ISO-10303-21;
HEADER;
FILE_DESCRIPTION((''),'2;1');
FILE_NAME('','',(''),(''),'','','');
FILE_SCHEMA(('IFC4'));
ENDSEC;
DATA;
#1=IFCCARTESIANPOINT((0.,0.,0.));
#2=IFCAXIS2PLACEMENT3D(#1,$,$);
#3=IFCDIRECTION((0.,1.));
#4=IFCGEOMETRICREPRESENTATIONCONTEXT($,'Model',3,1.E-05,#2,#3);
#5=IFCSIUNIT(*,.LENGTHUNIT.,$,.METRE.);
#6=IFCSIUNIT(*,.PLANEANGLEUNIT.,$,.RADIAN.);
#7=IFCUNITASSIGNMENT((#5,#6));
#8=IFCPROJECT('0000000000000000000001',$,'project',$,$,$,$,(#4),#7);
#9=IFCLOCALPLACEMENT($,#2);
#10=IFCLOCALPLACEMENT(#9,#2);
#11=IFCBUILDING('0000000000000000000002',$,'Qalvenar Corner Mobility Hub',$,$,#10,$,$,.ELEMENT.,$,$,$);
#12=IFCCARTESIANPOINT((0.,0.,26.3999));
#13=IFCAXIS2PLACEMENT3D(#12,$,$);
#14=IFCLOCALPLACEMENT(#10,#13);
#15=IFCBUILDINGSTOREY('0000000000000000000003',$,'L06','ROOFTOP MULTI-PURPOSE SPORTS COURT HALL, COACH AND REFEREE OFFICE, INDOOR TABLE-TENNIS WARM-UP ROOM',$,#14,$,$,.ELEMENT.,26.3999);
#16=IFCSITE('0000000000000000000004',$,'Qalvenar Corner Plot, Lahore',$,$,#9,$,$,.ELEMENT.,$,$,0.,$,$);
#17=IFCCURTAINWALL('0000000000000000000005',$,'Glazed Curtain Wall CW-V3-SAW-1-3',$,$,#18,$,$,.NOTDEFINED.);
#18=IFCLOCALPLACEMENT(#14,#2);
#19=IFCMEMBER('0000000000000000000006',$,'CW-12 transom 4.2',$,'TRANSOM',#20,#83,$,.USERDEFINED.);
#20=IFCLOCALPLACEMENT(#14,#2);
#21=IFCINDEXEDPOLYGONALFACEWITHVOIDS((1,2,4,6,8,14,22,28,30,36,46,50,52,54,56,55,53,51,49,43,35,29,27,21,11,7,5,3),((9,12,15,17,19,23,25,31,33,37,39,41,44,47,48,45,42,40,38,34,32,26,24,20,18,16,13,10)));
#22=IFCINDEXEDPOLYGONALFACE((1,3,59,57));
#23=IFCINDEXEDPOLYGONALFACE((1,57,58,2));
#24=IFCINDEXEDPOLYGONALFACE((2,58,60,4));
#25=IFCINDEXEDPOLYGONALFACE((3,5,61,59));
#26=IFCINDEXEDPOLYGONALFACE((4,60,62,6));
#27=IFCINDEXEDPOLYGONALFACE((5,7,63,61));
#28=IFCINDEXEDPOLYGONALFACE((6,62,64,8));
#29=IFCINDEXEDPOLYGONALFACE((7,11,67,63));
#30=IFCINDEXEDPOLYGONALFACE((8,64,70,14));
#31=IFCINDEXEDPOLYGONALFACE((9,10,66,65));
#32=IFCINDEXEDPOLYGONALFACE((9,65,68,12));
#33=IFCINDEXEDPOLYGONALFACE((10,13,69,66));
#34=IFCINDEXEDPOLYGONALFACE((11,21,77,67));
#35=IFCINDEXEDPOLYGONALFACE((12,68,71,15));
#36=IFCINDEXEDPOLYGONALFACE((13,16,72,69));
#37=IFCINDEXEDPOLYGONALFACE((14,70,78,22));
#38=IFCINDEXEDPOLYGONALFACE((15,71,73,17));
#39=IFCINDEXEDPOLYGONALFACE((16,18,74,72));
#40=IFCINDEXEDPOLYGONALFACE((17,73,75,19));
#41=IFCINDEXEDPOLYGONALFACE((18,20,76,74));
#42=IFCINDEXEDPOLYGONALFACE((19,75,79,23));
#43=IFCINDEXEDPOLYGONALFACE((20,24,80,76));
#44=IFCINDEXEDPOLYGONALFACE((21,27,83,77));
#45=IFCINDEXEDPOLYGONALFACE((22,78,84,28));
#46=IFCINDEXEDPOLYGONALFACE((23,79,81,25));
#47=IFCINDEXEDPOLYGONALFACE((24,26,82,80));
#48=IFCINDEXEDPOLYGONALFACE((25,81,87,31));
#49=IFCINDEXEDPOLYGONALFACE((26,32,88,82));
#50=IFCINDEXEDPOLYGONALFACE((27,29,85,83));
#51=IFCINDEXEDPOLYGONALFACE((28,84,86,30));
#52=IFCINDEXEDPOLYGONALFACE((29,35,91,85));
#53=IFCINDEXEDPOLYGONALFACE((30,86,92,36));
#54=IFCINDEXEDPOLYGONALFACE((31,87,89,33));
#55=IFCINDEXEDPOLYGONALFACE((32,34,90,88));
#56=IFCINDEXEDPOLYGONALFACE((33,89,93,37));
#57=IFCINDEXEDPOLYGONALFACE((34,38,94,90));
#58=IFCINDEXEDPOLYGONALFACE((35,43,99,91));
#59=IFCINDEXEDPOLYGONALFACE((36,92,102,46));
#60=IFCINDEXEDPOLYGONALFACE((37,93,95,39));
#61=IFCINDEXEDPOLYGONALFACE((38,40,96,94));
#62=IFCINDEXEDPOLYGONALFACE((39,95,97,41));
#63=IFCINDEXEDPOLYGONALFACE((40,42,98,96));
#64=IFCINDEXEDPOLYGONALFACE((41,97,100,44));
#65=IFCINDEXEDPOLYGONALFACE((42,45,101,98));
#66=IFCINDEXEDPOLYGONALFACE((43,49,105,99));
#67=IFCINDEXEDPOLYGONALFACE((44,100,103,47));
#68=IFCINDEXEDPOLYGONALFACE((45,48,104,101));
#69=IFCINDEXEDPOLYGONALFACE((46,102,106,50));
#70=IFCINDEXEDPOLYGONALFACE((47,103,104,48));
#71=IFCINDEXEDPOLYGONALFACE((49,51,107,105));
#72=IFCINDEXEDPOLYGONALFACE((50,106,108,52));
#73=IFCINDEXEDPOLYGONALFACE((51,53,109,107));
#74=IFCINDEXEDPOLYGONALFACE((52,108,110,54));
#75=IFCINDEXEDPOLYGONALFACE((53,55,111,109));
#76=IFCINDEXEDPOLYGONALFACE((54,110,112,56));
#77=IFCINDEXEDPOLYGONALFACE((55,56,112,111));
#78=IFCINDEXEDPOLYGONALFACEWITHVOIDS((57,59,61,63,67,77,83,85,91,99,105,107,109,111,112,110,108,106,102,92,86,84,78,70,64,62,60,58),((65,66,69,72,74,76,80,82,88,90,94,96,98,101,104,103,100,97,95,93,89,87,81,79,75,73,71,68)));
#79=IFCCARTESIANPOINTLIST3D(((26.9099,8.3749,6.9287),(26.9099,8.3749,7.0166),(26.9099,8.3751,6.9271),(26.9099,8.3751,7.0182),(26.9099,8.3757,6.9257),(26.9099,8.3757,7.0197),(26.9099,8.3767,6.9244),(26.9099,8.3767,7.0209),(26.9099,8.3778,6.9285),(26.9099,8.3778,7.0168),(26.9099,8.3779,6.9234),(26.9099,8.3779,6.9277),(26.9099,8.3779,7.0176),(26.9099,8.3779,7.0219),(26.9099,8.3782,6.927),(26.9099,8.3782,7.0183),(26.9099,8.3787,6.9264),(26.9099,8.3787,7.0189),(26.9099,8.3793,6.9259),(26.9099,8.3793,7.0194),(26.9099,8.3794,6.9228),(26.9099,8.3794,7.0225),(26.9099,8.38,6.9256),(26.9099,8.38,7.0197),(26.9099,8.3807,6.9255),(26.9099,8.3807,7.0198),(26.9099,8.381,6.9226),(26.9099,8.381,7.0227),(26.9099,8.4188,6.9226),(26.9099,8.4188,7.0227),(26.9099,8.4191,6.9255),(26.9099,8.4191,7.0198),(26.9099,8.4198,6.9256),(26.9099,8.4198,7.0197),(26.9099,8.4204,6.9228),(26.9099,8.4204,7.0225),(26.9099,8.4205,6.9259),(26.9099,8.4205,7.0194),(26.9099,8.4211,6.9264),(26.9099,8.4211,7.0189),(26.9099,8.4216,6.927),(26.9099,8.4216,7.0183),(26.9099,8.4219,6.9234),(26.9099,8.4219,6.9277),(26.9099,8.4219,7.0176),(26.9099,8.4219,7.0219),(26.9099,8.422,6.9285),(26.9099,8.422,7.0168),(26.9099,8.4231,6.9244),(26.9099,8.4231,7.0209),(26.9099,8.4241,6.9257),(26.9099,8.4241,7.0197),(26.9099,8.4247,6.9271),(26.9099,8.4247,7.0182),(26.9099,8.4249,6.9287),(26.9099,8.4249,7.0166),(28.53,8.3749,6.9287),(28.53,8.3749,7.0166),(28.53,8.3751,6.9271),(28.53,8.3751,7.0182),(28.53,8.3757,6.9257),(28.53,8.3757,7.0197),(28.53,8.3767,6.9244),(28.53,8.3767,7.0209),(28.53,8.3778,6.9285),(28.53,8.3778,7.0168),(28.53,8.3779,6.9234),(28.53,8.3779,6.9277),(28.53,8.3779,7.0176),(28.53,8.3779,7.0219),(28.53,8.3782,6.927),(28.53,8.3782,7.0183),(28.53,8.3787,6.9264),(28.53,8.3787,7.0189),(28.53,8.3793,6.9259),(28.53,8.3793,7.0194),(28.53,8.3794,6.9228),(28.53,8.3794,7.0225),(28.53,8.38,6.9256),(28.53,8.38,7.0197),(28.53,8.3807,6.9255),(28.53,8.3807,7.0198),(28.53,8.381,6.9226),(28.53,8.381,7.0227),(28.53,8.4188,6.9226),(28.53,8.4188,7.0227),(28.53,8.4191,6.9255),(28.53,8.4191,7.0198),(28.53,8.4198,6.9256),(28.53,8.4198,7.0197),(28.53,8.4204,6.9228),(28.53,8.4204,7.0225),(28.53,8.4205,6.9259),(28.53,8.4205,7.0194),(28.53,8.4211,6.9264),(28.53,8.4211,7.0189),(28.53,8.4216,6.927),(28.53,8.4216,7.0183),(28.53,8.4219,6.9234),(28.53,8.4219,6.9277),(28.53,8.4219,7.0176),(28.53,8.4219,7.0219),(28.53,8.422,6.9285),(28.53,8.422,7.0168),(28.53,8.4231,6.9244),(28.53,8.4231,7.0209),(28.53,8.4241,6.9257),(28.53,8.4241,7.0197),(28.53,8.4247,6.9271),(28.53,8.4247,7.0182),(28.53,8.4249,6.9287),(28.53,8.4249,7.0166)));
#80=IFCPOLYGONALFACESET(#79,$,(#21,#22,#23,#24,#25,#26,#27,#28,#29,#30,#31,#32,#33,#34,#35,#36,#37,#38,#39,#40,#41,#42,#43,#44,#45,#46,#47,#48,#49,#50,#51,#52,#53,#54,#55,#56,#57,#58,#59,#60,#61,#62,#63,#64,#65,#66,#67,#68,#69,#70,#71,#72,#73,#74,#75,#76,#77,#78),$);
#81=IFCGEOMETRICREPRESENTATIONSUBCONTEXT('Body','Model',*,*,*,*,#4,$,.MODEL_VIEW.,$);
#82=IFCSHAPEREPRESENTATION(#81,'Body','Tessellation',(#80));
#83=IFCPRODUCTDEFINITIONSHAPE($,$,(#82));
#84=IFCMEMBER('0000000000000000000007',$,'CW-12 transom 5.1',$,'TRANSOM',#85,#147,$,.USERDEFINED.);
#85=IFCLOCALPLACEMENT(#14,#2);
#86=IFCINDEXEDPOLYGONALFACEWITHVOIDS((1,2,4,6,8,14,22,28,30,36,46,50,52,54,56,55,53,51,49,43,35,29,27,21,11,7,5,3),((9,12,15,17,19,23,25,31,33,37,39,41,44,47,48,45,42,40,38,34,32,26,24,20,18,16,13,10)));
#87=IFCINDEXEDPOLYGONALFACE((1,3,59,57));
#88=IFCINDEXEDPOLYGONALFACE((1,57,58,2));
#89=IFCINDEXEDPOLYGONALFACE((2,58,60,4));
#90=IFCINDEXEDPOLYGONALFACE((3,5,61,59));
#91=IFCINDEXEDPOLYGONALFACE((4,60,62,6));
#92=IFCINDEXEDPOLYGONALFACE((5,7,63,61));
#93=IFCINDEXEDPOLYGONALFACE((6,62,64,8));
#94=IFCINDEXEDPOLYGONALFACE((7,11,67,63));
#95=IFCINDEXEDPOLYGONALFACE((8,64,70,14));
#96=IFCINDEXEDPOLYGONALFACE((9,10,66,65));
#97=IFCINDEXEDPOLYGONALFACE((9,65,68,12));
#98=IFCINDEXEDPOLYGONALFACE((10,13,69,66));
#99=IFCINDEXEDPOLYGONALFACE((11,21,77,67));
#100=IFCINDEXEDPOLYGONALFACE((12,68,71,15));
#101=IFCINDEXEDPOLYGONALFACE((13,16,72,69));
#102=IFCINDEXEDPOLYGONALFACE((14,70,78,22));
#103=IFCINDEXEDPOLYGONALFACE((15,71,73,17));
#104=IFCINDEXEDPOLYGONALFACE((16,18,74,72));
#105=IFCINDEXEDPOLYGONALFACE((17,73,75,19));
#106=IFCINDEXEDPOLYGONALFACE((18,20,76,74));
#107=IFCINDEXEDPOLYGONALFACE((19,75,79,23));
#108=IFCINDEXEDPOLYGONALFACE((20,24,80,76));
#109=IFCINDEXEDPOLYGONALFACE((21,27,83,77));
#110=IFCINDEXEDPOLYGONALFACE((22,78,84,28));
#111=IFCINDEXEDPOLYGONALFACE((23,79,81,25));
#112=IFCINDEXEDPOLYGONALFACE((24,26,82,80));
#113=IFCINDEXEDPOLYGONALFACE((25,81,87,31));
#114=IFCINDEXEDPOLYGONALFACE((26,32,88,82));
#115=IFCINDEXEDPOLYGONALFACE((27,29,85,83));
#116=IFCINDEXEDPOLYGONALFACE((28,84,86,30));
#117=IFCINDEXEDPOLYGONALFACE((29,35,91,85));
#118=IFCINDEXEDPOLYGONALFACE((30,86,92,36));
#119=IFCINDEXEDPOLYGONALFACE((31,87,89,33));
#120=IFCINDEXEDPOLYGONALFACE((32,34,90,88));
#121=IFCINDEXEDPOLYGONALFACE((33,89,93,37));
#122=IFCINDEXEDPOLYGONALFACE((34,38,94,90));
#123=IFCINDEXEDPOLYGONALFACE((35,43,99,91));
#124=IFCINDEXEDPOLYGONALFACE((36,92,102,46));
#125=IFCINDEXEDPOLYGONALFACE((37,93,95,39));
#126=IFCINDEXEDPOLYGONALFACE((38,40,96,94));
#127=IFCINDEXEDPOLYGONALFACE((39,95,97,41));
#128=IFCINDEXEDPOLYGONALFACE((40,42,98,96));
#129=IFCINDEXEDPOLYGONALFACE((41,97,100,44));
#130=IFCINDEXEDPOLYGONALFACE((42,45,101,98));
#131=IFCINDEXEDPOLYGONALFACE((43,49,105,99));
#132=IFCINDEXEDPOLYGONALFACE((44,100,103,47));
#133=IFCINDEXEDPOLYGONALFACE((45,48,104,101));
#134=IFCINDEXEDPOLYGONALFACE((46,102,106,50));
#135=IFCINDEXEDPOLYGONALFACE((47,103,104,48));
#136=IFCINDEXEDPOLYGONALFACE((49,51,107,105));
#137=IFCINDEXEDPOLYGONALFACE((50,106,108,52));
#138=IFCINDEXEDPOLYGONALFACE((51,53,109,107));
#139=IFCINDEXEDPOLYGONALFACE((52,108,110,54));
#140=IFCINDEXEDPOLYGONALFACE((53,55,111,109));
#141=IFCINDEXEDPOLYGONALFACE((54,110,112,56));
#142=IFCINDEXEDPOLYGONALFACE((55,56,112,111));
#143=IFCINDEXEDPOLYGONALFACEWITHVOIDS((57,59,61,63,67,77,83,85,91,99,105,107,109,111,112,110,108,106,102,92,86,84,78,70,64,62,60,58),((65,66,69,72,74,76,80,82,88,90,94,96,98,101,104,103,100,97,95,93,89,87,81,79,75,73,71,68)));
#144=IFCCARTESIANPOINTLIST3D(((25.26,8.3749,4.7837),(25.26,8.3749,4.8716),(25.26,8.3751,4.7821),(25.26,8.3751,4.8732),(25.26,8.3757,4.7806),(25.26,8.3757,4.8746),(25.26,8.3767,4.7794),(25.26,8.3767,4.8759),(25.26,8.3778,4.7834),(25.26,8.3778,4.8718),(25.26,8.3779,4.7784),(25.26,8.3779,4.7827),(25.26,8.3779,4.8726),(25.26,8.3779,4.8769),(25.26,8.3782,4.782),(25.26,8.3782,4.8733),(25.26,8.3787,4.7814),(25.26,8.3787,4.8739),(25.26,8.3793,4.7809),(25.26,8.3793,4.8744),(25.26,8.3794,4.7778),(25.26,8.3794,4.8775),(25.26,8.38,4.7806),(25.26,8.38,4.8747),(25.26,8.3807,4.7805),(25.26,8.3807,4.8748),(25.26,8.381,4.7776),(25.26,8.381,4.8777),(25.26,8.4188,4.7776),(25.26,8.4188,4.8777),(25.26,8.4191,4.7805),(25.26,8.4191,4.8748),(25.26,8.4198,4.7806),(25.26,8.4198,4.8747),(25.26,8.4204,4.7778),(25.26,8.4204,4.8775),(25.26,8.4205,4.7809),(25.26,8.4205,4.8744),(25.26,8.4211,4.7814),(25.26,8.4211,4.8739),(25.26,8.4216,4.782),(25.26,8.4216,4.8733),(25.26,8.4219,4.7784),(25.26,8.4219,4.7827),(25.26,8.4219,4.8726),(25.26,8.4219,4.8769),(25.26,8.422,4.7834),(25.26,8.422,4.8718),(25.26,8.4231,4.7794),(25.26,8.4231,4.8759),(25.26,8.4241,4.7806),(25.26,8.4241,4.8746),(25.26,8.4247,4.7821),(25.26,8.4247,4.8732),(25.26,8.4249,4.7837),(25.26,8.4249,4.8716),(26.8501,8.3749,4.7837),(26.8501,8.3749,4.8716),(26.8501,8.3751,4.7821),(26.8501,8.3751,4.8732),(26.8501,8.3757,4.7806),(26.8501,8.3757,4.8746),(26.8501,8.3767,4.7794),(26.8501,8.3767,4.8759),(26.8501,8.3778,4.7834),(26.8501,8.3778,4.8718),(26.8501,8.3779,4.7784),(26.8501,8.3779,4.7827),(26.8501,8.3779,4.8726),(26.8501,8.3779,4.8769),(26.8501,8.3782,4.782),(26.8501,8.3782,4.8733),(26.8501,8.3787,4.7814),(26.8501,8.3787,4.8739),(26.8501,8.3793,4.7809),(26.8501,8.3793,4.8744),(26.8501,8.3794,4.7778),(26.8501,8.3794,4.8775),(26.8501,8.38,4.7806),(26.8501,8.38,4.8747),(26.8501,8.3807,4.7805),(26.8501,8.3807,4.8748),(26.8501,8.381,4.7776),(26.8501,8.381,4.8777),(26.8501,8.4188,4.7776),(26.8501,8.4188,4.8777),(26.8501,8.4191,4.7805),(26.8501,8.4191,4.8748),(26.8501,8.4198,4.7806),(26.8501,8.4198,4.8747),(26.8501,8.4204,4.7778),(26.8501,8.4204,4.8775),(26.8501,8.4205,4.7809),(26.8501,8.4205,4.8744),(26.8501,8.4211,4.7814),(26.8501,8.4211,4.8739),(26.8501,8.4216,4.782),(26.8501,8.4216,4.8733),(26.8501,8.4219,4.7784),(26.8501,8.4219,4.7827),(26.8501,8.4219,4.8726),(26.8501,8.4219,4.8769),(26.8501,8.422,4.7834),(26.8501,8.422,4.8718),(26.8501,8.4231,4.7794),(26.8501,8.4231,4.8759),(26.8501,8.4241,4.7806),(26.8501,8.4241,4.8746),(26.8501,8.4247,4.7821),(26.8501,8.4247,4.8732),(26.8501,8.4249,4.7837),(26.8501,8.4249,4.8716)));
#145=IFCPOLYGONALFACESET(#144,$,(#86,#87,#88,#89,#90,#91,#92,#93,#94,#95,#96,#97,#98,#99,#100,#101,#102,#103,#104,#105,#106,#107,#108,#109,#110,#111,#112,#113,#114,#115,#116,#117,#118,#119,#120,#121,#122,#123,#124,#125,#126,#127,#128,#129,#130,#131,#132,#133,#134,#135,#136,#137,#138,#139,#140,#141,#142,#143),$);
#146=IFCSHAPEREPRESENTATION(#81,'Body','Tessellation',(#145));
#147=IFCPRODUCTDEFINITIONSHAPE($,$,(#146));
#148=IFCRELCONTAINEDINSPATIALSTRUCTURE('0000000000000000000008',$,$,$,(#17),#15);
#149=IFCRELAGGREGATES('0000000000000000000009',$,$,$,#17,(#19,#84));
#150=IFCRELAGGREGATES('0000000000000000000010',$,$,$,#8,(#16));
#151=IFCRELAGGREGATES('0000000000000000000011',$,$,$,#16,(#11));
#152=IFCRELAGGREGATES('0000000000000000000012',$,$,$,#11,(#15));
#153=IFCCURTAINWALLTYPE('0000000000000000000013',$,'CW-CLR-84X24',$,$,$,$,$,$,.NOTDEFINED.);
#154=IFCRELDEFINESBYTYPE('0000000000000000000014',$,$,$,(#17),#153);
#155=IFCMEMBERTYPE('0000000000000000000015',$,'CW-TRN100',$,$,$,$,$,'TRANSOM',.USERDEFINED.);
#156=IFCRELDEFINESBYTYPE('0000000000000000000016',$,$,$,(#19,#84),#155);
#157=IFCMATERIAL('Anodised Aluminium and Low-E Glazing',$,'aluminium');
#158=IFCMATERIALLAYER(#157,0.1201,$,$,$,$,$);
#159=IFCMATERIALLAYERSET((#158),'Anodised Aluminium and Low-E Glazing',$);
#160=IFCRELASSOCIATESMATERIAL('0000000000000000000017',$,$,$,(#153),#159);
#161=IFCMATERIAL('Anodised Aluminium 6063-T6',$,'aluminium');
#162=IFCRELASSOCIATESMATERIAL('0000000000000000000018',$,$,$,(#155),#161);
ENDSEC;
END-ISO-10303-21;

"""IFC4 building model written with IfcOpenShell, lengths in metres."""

from ifc_helpers import new_model, si_unit, direction, frame, origin, origin_2d, place, context, subcontext, project, spatial, hollow_rectangle, extrude, material, layer, layer_set, material_profile, profile_set, type_object, element, aggregate, save


model = new_model("IFC4")

# Units and contexts
model_context = context("Model", 3, precision=1e-05, world=origin(), true_north=direction((0.0, 1.0)))
body_context = subcontext(model_context, "Body", "Model", "MODEL_VIEW")
ifc_project = project(units=[si_unit("LENGTHUNIT", "METRE"), si_unit("PLANEANGLEUNIT", "RADIAN")], contexts=[model_context])

# Site, building, storey
site_placement = place(None, origin())
site = spatial("IfcSite", under=ifc_project, at=site_placement, Name="Qalvenar Corner Plot, Lahore", CompositionType="ELEMENT", RefElevation=0.0)
building_placement = place(site_placement, origin())
building = spatial("IfcBuilding", under=site, at=building_placement, Name="Qalvenar Corner Mobility Hub", CompositionType="ELEMENT")
storey_placement = place(building_placement, frame((0.0, 0.0, 26.3999)))
storey = spatial("IfcBuildingStorey", under=building, at=storey_placement, Name="L06", Description="ROOFTOP MULTI-PURPOSE SPORTS COURT HALL, COACH AND REFEREE OFFICE, INDOOR TABLE-TENNIS WARM-UP ROOM", CompositionType="ELEMENT", Elevation=26.3999)

# Curtain wall
ifc_material_1 = material(Name="Anodised Aluminium and Low-E Glazing", Category="aluminium")
ifc_layer_1 = layer(ifc_material_1, 0.1201)
ifc_layer_set_1 = layer_set([ifc_layer_1], Name="Anodised Aluminium and Low-E Glazing")
curtain_wall_type_1 = type_object("IfcCurtainWallType", Name="CW-CLR-84X24", PredefinedType="NOTDEFINED", material=ifc_layer_set_1)
curtain_wall_1_placement = place(storey_placement, origin())
curtain_wall_1 = element("IfcCurtainWall", 1, at=curtain_wall_1_placement, inside=storey, type_object=curtain_wall_type_1, Name="Glazed Curtain Wall CW-V3-SAW-1-3", PredefinedType="NOTDEFINED")
ifc_material_2 = material(Name="Anodised Aluminium 6063-T6", Category="aluminium")

# Members
ifc_material_profile_1 = material_profile(ifc_material_2, hollow_rectangle(XDim=0.05, YDim=0.1001, WallThickness=0.0029, InnerFilletRadius=0.0029, OuterFilletRadius=0.0061, at=origin_2d()), Name="RHS100x50x3")
ifc_profile_set_1 = profile_set([ifc_material_profile_1], Name="Anodised Aluminium 6063-T6")
member_type_1 = type_object("IfcMemberType", Name="CW-TRN100", ElementType="TRANSOM", PredefinedType="USERDEFINED", material=ifc_profile_set_1)
member_1_placement = place(storey_placement, frame((28.53, 8.3999, 6.9727), z_axis=(-1.0, 0.0, 0.0), x_axis=(0.0, -1.0, 0.0)))
member_1 = element("IfcMember", 2, at=member_1_placement, type_object=member_type_1, Name="CW-12 transom 4.2", ObjectType="TRANSOM", PredefinedType="USERDEFINED", context=body_context, shape_type="SweptSolid", body=[
    extrude(hollow_rectangle(XDim=0.05, YDim=0.1001, WallThickness=0.0029, InnerFilletRadius=0.0029, OuterFilletRadius=0.0061, at=origin_2d()), origin(), (0.0, 0.0, 1.0), 1.6201),
])
member_2_placement = place(storey_placement, frame((26.8501, 8.3999, 4.8276), z_axis=(-1.0, 0.0, 0.0), x_axis=(0.0, -1.0, 0.0)))
member_2 = element("IfcMember", 3, at=member_2_placement, type_object=member_type_1, Name="CW-12 transom 5.1", ObjectType="TRANSOM", PredefinedType="USERDEFINED", context=body_context, shape_type="SweptSolid", body=[
    extrude(hollow_rectangle(XDim=0.05, YDim=0.1001, WallThickness=0.0029, InnerFilletRadius=0.0029, OuterFilletRadius=0.0061, at=origin_2d()), origin(), (0.0, 0.0, 1.0), 1.5901),
])

aggregate(curtain_wall_1, [member_1, member_2])

save(model, "model.ifc")
